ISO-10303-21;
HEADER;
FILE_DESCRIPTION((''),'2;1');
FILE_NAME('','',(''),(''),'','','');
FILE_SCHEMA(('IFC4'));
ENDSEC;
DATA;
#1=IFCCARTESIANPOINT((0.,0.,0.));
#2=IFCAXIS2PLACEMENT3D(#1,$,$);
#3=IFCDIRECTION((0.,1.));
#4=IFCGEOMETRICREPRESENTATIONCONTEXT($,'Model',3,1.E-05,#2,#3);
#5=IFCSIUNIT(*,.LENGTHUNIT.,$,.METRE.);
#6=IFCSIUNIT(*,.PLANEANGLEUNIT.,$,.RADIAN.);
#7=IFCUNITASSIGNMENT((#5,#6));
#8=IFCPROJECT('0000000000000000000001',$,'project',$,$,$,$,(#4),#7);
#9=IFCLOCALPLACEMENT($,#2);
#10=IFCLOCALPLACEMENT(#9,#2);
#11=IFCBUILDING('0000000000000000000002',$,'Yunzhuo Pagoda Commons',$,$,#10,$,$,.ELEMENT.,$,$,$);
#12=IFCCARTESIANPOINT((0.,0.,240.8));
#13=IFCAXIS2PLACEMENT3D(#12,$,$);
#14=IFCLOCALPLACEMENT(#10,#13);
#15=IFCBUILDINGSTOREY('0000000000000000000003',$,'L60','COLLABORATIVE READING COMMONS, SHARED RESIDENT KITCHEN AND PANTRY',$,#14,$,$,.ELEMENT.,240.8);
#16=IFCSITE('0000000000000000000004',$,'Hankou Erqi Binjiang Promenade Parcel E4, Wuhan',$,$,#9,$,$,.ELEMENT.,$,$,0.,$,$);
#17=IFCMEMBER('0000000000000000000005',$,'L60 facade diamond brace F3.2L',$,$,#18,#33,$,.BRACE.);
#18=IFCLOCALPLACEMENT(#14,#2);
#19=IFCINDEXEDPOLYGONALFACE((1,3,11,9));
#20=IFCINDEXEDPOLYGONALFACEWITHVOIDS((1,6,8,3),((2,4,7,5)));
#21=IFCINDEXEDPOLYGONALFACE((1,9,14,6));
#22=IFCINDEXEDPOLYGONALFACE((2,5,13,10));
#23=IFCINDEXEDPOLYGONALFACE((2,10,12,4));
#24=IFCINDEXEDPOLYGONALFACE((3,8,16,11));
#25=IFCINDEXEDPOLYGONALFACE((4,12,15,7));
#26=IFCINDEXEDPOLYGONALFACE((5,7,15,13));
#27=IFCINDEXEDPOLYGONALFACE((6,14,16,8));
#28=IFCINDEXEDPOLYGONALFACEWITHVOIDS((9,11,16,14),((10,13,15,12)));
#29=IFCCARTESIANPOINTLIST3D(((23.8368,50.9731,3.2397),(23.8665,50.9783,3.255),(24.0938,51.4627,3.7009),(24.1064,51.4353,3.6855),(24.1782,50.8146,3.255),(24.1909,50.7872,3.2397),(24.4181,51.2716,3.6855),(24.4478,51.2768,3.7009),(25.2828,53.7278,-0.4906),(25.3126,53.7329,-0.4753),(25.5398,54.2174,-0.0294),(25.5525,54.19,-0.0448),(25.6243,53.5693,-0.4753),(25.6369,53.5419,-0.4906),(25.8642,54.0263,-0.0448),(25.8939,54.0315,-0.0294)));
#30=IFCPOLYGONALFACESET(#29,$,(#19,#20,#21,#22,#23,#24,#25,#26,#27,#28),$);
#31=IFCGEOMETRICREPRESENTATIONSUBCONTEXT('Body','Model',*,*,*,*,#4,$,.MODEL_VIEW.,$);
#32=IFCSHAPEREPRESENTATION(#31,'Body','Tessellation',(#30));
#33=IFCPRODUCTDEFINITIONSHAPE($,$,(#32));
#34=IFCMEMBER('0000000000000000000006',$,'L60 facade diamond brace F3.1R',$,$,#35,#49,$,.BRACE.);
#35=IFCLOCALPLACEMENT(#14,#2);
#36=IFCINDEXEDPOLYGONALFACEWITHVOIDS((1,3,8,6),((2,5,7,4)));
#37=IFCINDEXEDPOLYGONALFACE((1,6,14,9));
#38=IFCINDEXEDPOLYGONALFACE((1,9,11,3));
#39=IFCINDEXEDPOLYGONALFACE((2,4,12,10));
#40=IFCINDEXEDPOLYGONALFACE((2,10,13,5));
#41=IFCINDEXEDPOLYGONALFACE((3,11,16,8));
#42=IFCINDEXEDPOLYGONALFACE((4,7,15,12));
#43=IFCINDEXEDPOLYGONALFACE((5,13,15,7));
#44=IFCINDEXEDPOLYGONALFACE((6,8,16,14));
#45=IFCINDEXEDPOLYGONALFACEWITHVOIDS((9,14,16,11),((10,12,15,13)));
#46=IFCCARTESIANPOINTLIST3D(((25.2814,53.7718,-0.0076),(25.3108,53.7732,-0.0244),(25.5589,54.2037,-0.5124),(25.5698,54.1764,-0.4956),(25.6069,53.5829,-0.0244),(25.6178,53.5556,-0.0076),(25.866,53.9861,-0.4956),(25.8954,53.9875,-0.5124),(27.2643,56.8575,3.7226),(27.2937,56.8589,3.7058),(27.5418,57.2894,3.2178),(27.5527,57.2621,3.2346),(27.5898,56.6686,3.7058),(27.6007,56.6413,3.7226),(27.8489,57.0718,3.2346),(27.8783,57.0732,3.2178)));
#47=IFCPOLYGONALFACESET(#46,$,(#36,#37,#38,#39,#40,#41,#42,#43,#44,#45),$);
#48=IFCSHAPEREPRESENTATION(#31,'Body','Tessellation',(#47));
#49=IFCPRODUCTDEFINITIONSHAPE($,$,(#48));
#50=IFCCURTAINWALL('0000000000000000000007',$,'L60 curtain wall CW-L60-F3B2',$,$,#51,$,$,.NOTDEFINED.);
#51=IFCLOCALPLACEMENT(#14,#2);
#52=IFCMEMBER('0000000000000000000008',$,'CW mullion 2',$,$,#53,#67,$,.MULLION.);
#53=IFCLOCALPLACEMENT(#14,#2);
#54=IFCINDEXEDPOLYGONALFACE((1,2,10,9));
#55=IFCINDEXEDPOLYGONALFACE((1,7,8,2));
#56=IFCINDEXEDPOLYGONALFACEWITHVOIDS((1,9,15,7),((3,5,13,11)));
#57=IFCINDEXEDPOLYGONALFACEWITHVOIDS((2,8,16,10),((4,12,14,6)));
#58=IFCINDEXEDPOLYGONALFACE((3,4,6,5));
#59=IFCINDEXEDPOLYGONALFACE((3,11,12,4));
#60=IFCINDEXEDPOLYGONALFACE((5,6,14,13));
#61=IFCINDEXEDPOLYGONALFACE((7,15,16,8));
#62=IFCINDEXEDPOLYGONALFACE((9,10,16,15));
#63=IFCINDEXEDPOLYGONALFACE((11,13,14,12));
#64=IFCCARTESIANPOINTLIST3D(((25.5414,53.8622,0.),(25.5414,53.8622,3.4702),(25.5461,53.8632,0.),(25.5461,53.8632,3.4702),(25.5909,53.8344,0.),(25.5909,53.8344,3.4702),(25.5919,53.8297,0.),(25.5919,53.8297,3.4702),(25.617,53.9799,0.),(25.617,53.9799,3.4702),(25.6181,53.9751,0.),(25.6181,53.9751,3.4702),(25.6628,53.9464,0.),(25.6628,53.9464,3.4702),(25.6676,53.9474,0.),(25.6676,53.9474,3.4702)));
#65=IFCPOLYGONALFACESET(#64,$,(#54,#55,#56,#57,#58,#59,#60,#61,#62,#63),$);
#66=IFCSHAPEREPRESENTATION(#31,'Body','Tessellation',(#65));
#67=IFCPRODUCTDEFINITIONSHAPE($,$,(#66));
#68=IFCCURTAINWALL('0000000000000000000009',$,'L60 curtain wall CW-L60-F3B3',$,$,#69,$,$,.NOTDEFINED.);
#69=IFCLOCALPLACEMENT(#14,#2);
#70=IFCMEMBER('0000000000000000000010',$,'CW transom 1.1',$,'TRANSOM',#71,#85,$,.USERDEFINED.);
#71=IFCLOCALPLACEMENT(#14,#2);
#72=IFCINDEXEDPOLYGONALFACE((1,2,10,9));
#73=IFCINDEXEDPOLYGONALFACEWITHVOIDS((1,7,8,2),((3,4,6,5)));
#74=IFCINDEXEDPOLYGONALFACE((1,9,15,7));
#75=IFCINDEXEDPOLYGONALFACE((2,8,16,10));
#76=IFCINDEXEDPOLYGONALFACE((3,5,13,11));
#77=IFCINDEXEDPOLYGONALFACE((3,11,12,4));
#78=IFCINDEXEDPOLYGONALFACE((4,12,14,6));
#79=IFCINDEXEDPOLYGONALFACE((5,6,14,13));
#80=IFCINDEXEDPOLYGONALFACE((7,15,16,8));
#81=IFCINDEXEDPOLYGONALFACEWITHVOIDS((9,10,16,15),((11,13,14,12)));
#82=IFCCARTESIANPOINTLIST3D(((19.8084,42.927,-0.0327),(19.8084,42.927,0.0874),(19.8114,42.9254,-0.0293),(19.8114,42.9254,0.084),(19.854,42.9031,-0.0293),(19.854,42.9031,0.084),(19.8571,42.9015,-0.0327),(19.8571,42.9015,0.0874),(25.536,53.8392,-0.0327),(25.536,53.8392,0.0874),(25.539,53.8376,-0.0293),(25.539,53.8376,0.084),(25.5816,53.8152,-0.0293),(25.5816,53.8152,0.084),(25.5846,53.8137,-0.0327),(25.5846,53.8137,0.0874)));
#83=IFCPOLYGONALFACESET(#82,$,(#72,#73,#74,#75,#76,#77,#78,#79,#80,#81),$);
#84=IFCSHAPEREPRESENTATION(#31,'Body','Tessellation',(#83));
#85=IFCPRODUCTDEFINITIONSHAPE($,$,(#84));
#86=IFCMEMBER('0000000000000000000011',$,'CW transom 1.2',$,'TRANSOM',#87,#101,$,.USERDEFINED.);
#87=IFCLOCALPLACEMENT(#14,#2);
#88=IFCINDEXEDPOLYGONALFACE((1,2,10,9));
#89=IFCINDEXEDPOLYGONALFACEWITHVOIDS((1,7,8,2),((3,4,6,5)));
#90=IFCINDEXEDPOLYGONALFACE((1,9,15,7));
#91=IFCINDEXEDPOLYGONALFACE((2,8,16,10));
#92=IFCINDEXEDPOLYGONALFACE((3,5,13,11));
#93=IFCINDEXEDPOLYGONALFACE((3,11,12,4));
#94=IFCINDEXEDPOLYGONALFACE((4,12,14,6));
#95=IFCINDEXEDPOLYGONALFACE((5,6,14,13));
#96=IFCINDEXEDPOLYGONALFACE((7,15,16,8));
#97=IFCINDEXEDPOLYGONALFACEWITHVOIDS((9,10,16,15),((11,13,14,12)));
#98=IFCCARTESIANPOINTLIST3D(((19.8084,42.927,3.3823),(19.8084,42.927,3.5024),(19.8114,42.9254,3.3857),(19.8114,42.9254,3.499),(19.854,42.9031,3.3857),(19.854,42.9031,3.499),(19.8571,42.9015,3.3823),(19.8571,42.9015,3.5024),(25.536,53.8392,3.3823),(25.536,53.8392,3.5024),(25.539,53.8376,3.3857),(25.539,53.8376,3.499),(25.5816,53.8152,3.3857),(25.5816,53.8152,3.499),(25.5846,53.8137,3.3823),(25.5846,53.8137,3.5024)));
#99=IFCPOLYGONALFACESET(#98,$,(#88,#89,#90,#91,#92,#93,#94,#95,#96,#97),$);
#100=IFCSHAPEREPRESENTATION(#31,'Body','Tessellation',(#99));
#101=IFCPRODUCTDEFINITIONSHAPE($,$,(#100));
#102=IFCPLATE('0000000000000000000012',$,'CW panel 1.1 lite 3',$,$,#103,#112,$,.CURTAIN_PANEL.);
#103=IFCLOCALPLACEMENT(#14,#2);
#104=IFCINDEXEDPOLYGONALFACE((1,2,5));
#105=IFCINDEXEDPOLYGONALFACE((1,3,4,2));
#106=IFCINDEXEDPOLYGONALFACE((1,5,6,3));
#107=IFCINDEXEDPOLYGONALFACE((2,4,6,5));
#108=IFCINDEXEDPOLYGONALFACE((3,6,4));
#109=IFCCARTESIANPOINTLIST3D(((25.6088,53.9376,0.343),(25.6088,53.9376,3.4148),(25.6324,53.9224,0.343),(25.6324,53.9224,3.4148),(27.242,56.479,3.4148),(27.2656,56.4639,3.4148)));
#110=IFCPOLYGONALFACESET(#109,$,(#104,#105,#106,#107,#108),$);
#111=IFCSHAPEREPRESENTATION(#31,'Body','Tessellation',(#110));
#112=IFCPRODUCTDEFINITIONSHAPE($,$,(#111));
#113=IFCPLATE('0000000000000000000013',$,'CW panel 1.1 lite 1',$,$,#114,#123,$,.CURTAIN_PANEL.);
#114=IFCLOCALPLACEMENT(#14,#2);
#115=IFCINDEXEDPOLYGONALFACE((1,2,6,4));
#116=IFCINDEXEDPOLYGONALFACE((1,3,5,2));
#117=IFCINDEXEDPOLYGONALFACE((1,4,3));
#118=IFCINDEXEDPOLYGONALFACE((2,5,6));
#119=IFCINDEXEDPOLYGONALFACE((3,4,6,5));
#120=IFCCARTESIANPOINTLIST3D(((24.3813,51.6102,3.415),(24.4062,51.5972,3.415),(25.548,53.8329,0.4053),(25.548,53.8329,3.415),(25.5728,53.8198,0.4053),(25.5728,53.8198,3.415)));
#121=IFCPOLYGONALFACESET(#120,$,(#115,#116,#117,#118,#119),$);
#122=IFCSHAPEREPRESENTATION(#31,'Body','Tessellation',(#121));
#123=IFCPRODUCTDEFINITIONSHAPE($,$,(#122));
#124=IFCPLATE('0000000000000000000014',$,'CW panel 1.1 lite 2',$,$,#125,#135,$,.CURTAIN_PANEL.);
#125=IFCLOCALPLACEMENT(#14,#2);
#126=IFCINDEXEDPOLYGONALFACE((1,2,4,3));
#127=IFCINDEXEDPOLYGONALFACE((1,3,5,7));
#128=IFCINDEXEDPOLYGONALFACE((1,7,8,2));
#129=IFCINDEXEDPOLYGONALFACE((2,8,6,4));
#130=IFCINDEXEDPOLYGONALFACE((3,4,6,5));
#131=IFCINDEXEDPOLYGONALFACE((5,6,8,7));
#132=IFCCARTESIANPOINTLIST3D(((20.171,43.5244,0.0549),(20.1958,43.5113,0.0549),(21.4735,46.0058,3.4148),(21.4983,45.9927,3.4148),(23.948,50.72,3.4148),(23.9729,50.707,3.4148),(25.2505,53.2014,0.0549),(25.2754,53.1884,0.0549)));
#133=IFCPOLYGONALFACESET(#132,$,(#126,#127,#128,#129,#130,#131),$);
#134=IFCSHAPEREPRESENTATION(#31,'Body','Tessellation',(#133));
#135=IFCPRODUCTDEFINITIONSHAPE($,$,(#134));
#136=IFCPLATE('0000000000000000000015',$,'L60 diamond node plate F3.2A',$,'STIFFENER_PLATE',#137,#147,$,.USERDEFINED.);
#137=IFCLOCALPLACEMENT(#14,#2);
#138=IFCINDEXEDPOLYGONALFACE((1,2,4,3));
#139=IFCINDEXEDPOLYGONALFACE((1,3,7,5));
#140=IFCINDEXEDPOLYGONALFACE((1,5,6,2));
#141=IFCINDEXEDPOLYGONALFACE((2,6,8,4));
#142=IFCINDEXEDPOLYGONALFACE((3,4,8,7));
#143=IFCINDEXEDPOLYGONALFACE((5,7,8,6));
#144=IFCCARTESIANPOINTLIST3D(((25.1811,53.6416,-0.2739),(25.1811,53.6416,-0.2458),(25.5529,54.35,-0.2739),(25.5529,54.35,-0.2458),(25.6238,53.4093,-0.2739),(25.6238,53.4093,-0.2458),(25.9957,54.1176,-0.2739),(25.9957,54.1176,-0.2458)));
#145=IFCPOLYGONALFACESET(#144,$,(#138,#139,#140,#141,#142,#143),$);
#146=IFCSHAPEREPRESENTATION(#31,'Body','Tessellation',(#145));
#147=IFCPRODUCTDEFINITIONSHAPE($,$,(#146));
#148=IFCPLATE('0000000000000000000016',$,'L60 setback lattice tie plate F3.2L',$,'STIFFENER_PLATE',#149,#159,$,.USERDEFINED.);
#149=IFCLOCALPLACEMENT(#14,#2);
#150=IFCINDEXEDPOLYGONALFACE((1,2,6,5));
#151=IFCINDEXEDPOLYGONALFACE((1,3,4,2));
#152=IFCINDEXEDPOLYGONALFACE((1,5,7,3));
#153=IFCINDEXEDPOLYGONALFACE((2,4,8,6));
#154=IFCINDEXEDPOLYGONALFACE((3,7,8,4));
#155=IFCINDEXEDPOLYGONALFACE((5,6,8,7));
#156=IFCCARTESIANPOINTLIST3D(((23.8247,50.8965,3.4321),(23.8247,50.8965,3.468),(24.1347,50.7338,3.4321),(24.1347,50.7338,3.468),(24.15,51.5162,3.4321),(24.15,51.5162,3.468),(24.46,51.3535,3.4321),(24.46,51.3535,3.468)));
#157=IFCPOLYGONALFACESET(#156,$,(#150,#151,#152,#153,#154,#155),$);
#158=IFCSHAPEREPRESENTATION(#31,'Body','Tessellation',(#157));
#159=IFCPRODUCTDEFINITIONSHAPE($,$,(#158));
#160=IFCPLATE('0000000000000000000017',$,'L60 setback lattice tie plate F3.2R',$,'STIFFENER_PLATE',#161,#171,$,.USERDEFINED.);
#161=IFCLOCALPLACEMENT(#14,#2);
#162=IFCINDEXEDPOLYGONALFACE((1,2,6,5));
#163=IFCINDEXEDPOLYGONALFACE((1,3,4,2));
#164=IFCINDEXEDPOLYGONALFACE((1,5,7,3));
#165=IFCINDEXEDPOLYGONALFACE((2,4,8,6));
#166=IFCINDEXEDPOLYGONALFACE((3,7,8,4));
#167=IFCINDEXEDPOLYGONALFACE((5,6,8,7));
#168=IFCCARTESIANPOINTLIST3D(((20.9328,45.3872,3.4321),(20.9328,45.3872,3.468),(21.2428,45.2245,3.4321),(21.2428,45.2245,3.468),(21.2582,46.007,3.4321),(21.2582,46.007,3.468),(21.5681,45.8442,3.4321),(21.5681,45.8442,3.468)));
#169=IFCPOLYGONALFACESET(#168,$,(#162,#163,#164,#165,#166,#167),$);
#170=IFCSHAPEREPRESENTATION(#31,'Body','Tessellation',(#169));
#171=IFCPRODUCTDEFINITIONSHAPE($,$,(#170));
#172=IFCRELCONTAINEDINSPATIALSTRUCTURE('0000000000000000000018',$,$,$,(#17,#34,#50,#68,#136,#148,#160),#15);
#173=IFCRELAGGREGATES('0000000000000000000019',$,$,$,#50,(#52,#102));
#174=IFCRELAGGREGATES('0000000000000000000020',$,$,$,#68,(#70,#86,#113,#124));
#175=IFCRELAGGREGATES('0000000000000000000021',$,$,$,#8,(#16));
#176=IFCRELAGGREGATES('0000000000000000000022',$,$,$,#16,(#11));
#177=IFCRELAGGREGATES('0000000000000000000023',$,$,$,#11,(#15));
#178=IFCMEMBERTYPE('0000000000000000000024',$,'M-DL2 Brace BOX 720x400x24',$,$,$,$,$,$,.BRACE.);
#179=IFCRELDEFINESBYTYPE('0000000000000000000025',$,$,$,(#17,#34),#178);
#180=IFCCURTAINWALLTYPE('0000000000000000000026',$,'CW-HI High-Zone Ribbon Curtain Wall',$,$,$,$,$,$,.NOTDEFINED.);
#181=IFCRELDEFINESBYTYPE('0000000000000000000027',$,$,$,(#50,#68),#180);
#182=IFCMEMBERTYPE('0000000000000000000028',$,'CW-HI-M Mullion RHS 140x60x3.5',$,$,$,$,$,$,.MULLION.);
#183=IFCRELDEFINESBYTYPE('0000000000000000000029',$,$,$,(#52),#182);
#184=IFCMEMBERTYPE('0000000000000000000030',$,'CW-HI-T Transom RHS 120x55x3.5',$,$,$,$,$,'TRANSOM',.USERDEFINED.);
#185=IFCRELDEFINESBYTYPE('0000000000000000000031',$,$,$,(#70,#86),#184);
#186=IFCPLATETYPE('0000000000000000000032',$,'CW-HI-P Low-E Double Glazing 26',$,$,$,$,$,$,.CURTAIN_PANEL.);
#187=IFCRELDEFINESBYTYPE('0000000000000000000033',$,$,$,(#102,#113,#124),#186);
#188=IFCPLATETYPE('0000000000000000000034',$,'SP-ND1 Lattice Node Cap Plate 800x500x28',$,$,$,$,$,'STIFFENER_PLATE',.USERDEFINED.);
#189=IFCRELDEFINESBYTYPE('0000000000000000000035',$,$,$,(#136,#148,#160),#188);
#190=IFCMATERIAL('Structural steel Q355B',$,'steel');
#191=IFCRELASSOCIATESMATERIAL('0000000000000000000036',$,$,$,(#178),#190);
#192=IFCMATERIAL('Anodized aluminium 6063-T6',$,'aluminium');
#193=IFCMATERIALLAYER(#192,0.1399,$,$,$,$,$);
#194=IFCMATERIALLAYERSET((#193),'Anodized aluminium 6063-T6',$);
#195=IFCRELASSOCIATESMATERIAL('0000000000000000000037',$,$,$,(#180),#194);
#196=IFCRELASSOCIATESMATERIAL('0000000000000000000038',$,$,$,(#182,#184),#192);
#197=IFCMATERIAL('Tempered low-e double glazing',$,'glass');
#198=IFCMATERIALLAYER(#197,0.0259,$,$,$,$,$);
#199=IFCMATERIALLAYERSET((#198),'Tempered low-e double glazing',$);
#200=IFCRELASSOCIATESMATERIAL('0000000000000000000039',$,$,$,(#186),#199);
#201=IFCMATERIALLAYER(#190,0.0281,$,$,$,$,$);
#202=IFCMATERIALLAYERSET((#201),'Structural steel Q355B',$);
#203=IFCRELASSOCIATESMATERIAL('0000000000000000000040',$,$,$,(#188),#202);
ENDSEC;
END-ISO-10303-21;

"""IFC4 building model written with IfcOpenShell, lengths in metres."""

from ifc_helpers import new_model, si_unit, direction, frame, origin, origin_2d, place, context, subcontext, project, spatial, polyline, rectangle, hollow_rectangle, outline, extrude, source, transform, mapped, material, layer, layer_set, material_profile, profile_set, type_object, element, aggregate, save


model = new_model("IFC4")

# Units and contexts
model_context = context("Model", 3, precision=1e-05, world=origin(), true_north=direction((0.0, 1.0)))
body_context = subcontext(model_context, "Body", "Model", "MODEL_VIEW")
ifc_project = project(units=[si_unit("LENGTHUNIT", "METRE"), si_unit("PLANEANGLEUNIT", "RADIAN")], contexts=[model_context])

# Site, building, storey
site_placement = place(None, origin())
site = spatial("IfcSite", under=ifc_project, at=site_placement, Name="Hankou Erqi Binjiang Promenade Parcel E4, Wuhan", CompositionType="ELEMENT", RefElevation=0.0)
building_placement = place(site_placement, origin())
building = spatial("IfcBuilding", under=site, at=building_placement, Name="Yunzhuo Pagoda Commons", CompositionType="ELEMENT")
storey_placement = place(building_placement, frame((0.0, 0.0, 240.8)))
storey = spatial("IfcBuildingStorey", under=building, at=storey_placement, Name="L60", Description="COLLABORATIVE READING COMMONS, SHARED RESIDENT KITCHEN AND PANTRY", CompositionType="ELEMENT", Elevation=240.8)

# Shared definitions
ifc_material_1 = material(Name="Structural steel Q355B", Category="steel")

# Members
ifc_material_profile_1 = material_profile(ifc_material_1, hollow_rectangle(XDim=0.3999, YDim=0.72, WallThickness=0.0239, at=origin_2d()), Name="Structural steel Q355B")
ifc_profile_set_1 = profile_set([ifc_material_profile_1], Name="Structural steel Q355B")
member_type_1 = type_object("IfcMemberType", Name="M-DL2 Brace BOX 720x400x24", PredefinedType="BRACE", material=ifc_profile_set_1)
shared_shape_1 = source(origin(), body_context, "Body", "SweptSolid", [
    extrude(hollow_rectangle(XDim=0.3999, YDim=0.72, WallThickness=0.0239, at=origin_2d()), origin(), (0.0, 0.0, 1.0), 4.8574),
])
member_1_placement = place(storey_placement, frame((25.5884, 53.8796, -0.26), z_axis=(-0.297704, -0.56711, 0.767958), x_axis=(0.885416, -0.464799, 0.0)))
element("IfcMember", 1, at=member_1_placement, inside=storey, type_object=member_type_1, Name="L60 facade diamond brace F3.2L", PredefinedType="BRACE", context=body_context, shape_type="MappedRepresentation", body=[
    mapped(shared_shape_1, transform((0.0, 0.0, 0.0), scale=1.0)),
])
shared_shape_2 = source(origin(), body_context, "Body", "SweptSolid", [
    extrude(hollow_rectangle(XDim=0.3999, YDim=0.72, WallThickness=0.0239, at=origin_2d()), origin(), (0.0, 0.0, 1.0), 5.2314),
])
member_2_placement = place(storey_placement, frame((25.5884, 53.8796, -0.26), z_axis=(0.379037, 0.589836, 0.713039), x_axis=(-0.841271, 0.540613, 0.0)))
element("IfcMember", 2, at=member_2_placement, inside=storey, type_object=member_type_1, Name="L60 facade diamond brace F3.1R", PredefinedType="BRACE", context=body_context, shape_type="MappedRepresentation", body=[
    mapped(shared_shape_2, transform((0.0, 0.0, 0.0), scale=1.0)),
])

# Curtain wall, member
ifc_material_2 = material(Name="Anodized aluminium 6063-T6", Category="aluminium")
ifc_layer_1 = layer(ifc_material_2, 0.1399)
ifc_layer_set_1 = layer_set([ifc_layer_1], Name="Anodized aluminium 6063-T6")
curtain_wall_type = type_object("IfcCurtainWallType", Name="CW-HI High-Zone Ribbon Curtain Wall", PredefinedType="NOTDEFINED", material=ifc_layer_set_1)
curtain_wall_1_placement = place(storey_placement, origin())
curtain_wall_1 = element("IfcCurtainWall", 3, at=curtain_wall_1_placement, inside=storey, type_object=curtain_wall_type, Name="L60 curtain wall CW-L60-F3B2", PredefinedType="NOTDEFINED")
ifc_material_profile_2 = material_profile(ifc_material_2, hollow_rectangle(XDim=0.0601, YDim=0.1399, WallThickness=0.0034, at=origin_2d()), Name="Anodized aluminium 6063-T6")
ifc_profile_set_2 = profile_set([ifc_material_profile_2], Name="Anodized aluminium 6063-T6")
member_type_2 = type_object("IfcMemberType", Name="CW-HI-M Mullion RHS 140x60x3.5", PredefinedType="MULLION", material=ifc_profile_set_2)
shared_shape_3 = source(origin(), body_context, "Body", "SweptSolid", [
    extrude(hollow_rectangle(XDim=0.0601, YDim=0.1399, WallThickness=0.0034, at=origin_2d()), origin(), (0.0, 0.0, 1.0), 3.4702),
])
member_3_placement = place(storey_placement, frame((25.6045, 53.9048, 0.0), z_axis=(0.0, 0.0, 1.0), x_axis=(0.841269, -0.540617, 0.0)))
member_3 = element("IfcMember", 4, at=member_3_placement, type_object=member_type_2, Name="CW mullion 2", PredefinedType="MULLION", context=body_context, shape_type="MappedRepresentation", body=[
    mapped(shared_shape_3, transform((0.0, 0.0, 0.0), scale=1.0)),
])

# Curtain wall, members
curtain_wall_2_placement = place(storey_placement, origin())
curtain_wall_2 = element("IfcCurtainWall", 5, at=curtain_wall_2_placement, inside=storey, type_object=curtain_wall_type, Name="L60 curtain wall CW-L60-F3B3", PredefinedType="NOTDEFINED")
ifc_material_profile_3 = material_profile(ifc_material_2, hollow_rectangle(XDim=0.0549, YDim=0.1201, WallThickness=0.0034, at=origin_2d()), Name="Anodized aluminium 6063-T6")
ifc_profile_set_3 = profile_set([ifc_material_profile_3], Name="Anodized aluminium 6063-T6")
member_type_3 = type_object("IfcMemberType", Name="CW-HI-T Transom RHS 120x55x3.5", ElementType="TRANSOM", PredefinedType="USERDEFINED", material=ifc_profile_set_3)
shared_shape_4 = source(origin(), body_context, "Body", "SweptSolid", [
    extrude(hollow_rectangle(XDim=0.0549, YDim=0.1201, WallThickness=0.0034, at=origin_2d()), origin(), (0.0, 0.0, 1.0), 12.324),
])
member_4_placement = place(storey_placement, frame((25.5603, 53.8264, 0.0273), z_axis=(-0.46475, -0.885442, 0.0), x_axis=(0.885442, -0.46475, 0.0)))
member_4 = element("IfcMember", 6, at=member_4_placement, type_object=member_type_3, Name="CW transom 1.1", ObjectType="TRANSOM", PredefinedType="USERDEFINED", context=body_context, shape_type="MappedRepresentation", body=[
    mapped(shared_shape_4, transform((0.0, 0.0, 0.0), scale=1.0)),
])
member_5_placement = place(storey_placement, frame((25.5603, 53.8264, 3.4424), z_axis=(-0.46475, -0.885442, 0.0), x_axis=(0.885442, -0.46475, 0.0)))
member_5 = element("IfcMember", 7, at=member_5_placement, type_object=member_type_3, Name="CW transom 1.2", ObjectType="TRANSOM", PredefinedType="USERDEFINED", context=body_context, shape_type="MappedRepresentation", body=[
    mapped(shared_shape_4, transform((0.0, 0.0, 0.0), scale=1.0)),
])

# Plates
ifc_material_3 = material(Name="Tempered low-e double glazing", Category="glass")
ifc_layer_2 = layer(ifc_material_3, 0.0259)
ifc_layer_set_2 = layer_set([ifc_layer_2], Name="Tempered low-e double glazing")
plate_type_1 = type_object("IfcPlateType", Name="CW-HI-P Low-E Double Glazing 26", PredefinedType="CURTAIN_PANEL", material=ifc_layer_set_2)
plate_1_placement = place(storey_placement, frame((26.449, 55.1931, 1.8789), z_axis=(-0.841269, 0.540617, 0.0), x_axis=(-0.540617, -0.841269, 0.0)))
plate_1 = element("IfcPlate", 8, at=plate_1_placement, type_object=plate_type_1, Name="CW panel 1.1 lite 3", PredefinedType="CURTAIN_PANEL", context=body_context, shape_type="SweptSolid", body=[
    extrude(outline(polyline([(-1.5105, 1.5359), (1.5105, -1.5359), (1.5105, 1.5359), (-1.5105, 1.5359)])), origin(), (0.0, 0.0, 1.0), 0.0281),
])
aggregate(curtain_wall_1, [member_3, plate_1])
plate_2_placement = place(storey_placement, frame((24.9895, 52.7085, 1.9102), z_axis=(-0.885433, 0.464767, 0.0), x_axis=(-0.464767, -0.885433, 0.0)))
plate_2 = element("IfcPlate", 9, at=plate_2_placement, type_object=plate_type_1, Name="CW panel 1.1 lite 1", PredefinedType="CURTAIN_PANEL", context=body_context, shape_type="SweptSolid", body=[
    extrude(outline(polyline([(-1.2551, -1.5049), (1.2551, 1.5049), (-1.2551, 1.5049), (-1.2551, -1.5049)])), origin(), (0.0, 0.0, 1.0), 0.0281),
])
plate_3_placement = place(storey_placement, frame((22.7356, 48.3499, 1.7349), z_axis=(-0.885433, 0.464767, 0.0), x_axis=(-0.464767, -0.885433, 0.0)))
plate_3 = element("IfcPlate", 10, at=plate_3_placement, type_object=plate_type_1, Name="CW panel 1.1 lite 2", PredefinedType="CURTAIN_PANEL", context=body_context, shape_type="SweptSolid", body=[
    extrude(outline(polyline([(-5.4646, -1.6799), (5.4646, -1.6799), (2.6621, 1.6799), (-2.6621, 1.6799), (-5.4646, -1.6799)])), origin(), (0.0, 0.0, 1.0), 0.0281),
])
aggregate(curtain_wall_2, [member_4, member_5, plate_2, plate_3])

# Plates
ifc_layer_3 = layer(ifc_material_1, 0.0281)
ifc_layer_set_3 = layer_set([ifc_layer_3], Name="Structural steel Q355B")
plate_type_2 = type_object("IfcPlateType", Name="SP-ND1 Lattice Node Cap Plate 800x500x28", ElementType="STIFFENER_PLATE", PredefinedType="USERDEFINED", material=ifc_layer_set_3)
shared_shape_5 = source(origin(), body_context, "Body", "SweptSolid", [
    extrude(rectangle(XDim=0.8, YDim=0.5, at=origin_2d()), origin(), (0.0, 0.0, 1.0), 0.0281),
])
plate_4_placement = place(storey_placement, frame((25.5884, 53.8796, -0.2739), z_axis=(0.0, 0.0, 1.0), x_axis=(-0.464765, -0.885434, 0.0)))
element("IfcPlate", 11, at=plate_4_placement, inside=storey, type_object=plate_type_2, Name="L60 diamond node plate F3.2A", ObjectType="STIFFENER_PLATE", PredefinedType="USERDEFINED", context=body_context, shape_type="MappedRepresentation", body=[
    mapped(shared_shape_5, transform((0.0, 0.0, 0.0), scale=1.0)),
])
shared_shape_6 = source(origin(), body_context, "Body", "SweptSolid", [
    extrude(rectangle(XDim=0.7, YDim=0.3501, at=origin_2d()), origin(), (0.0, 0.0, 1.0), 0.0359),
])
for number, where, z_axis, x_axis, name in (
    (12, (24.1423, 51.125, 3.4321), (0.0, 0.0, 1.0), (-0.464765, -0.885434, 0.0), "L60 setback lattice tie plate F3.2L"),
    (13, (21.2505, 45.6157, 3.4321), (0.0, 0.0, 1.0), (-0.464765, -0.885434, 0.0), "L60 setback lattice tie plate F3.2R"),
):
    element("IfcPlate", number, at=place(storey_placement, frame(where, z_axis=z_axis, x_axis=x_axis)), inside=storey, type_object=plate_type_2, Name=name, ObjectType="STIFFENER_PLATE", PredefinedType="USERDEFINED", context=body_context, shape_type="MappedRepresentation", body=[
        mapped(shared_shape_6, transform((0.0, 0.0, 0.0), scale=1.0)),
    ])

save(model, "model.ifc")
